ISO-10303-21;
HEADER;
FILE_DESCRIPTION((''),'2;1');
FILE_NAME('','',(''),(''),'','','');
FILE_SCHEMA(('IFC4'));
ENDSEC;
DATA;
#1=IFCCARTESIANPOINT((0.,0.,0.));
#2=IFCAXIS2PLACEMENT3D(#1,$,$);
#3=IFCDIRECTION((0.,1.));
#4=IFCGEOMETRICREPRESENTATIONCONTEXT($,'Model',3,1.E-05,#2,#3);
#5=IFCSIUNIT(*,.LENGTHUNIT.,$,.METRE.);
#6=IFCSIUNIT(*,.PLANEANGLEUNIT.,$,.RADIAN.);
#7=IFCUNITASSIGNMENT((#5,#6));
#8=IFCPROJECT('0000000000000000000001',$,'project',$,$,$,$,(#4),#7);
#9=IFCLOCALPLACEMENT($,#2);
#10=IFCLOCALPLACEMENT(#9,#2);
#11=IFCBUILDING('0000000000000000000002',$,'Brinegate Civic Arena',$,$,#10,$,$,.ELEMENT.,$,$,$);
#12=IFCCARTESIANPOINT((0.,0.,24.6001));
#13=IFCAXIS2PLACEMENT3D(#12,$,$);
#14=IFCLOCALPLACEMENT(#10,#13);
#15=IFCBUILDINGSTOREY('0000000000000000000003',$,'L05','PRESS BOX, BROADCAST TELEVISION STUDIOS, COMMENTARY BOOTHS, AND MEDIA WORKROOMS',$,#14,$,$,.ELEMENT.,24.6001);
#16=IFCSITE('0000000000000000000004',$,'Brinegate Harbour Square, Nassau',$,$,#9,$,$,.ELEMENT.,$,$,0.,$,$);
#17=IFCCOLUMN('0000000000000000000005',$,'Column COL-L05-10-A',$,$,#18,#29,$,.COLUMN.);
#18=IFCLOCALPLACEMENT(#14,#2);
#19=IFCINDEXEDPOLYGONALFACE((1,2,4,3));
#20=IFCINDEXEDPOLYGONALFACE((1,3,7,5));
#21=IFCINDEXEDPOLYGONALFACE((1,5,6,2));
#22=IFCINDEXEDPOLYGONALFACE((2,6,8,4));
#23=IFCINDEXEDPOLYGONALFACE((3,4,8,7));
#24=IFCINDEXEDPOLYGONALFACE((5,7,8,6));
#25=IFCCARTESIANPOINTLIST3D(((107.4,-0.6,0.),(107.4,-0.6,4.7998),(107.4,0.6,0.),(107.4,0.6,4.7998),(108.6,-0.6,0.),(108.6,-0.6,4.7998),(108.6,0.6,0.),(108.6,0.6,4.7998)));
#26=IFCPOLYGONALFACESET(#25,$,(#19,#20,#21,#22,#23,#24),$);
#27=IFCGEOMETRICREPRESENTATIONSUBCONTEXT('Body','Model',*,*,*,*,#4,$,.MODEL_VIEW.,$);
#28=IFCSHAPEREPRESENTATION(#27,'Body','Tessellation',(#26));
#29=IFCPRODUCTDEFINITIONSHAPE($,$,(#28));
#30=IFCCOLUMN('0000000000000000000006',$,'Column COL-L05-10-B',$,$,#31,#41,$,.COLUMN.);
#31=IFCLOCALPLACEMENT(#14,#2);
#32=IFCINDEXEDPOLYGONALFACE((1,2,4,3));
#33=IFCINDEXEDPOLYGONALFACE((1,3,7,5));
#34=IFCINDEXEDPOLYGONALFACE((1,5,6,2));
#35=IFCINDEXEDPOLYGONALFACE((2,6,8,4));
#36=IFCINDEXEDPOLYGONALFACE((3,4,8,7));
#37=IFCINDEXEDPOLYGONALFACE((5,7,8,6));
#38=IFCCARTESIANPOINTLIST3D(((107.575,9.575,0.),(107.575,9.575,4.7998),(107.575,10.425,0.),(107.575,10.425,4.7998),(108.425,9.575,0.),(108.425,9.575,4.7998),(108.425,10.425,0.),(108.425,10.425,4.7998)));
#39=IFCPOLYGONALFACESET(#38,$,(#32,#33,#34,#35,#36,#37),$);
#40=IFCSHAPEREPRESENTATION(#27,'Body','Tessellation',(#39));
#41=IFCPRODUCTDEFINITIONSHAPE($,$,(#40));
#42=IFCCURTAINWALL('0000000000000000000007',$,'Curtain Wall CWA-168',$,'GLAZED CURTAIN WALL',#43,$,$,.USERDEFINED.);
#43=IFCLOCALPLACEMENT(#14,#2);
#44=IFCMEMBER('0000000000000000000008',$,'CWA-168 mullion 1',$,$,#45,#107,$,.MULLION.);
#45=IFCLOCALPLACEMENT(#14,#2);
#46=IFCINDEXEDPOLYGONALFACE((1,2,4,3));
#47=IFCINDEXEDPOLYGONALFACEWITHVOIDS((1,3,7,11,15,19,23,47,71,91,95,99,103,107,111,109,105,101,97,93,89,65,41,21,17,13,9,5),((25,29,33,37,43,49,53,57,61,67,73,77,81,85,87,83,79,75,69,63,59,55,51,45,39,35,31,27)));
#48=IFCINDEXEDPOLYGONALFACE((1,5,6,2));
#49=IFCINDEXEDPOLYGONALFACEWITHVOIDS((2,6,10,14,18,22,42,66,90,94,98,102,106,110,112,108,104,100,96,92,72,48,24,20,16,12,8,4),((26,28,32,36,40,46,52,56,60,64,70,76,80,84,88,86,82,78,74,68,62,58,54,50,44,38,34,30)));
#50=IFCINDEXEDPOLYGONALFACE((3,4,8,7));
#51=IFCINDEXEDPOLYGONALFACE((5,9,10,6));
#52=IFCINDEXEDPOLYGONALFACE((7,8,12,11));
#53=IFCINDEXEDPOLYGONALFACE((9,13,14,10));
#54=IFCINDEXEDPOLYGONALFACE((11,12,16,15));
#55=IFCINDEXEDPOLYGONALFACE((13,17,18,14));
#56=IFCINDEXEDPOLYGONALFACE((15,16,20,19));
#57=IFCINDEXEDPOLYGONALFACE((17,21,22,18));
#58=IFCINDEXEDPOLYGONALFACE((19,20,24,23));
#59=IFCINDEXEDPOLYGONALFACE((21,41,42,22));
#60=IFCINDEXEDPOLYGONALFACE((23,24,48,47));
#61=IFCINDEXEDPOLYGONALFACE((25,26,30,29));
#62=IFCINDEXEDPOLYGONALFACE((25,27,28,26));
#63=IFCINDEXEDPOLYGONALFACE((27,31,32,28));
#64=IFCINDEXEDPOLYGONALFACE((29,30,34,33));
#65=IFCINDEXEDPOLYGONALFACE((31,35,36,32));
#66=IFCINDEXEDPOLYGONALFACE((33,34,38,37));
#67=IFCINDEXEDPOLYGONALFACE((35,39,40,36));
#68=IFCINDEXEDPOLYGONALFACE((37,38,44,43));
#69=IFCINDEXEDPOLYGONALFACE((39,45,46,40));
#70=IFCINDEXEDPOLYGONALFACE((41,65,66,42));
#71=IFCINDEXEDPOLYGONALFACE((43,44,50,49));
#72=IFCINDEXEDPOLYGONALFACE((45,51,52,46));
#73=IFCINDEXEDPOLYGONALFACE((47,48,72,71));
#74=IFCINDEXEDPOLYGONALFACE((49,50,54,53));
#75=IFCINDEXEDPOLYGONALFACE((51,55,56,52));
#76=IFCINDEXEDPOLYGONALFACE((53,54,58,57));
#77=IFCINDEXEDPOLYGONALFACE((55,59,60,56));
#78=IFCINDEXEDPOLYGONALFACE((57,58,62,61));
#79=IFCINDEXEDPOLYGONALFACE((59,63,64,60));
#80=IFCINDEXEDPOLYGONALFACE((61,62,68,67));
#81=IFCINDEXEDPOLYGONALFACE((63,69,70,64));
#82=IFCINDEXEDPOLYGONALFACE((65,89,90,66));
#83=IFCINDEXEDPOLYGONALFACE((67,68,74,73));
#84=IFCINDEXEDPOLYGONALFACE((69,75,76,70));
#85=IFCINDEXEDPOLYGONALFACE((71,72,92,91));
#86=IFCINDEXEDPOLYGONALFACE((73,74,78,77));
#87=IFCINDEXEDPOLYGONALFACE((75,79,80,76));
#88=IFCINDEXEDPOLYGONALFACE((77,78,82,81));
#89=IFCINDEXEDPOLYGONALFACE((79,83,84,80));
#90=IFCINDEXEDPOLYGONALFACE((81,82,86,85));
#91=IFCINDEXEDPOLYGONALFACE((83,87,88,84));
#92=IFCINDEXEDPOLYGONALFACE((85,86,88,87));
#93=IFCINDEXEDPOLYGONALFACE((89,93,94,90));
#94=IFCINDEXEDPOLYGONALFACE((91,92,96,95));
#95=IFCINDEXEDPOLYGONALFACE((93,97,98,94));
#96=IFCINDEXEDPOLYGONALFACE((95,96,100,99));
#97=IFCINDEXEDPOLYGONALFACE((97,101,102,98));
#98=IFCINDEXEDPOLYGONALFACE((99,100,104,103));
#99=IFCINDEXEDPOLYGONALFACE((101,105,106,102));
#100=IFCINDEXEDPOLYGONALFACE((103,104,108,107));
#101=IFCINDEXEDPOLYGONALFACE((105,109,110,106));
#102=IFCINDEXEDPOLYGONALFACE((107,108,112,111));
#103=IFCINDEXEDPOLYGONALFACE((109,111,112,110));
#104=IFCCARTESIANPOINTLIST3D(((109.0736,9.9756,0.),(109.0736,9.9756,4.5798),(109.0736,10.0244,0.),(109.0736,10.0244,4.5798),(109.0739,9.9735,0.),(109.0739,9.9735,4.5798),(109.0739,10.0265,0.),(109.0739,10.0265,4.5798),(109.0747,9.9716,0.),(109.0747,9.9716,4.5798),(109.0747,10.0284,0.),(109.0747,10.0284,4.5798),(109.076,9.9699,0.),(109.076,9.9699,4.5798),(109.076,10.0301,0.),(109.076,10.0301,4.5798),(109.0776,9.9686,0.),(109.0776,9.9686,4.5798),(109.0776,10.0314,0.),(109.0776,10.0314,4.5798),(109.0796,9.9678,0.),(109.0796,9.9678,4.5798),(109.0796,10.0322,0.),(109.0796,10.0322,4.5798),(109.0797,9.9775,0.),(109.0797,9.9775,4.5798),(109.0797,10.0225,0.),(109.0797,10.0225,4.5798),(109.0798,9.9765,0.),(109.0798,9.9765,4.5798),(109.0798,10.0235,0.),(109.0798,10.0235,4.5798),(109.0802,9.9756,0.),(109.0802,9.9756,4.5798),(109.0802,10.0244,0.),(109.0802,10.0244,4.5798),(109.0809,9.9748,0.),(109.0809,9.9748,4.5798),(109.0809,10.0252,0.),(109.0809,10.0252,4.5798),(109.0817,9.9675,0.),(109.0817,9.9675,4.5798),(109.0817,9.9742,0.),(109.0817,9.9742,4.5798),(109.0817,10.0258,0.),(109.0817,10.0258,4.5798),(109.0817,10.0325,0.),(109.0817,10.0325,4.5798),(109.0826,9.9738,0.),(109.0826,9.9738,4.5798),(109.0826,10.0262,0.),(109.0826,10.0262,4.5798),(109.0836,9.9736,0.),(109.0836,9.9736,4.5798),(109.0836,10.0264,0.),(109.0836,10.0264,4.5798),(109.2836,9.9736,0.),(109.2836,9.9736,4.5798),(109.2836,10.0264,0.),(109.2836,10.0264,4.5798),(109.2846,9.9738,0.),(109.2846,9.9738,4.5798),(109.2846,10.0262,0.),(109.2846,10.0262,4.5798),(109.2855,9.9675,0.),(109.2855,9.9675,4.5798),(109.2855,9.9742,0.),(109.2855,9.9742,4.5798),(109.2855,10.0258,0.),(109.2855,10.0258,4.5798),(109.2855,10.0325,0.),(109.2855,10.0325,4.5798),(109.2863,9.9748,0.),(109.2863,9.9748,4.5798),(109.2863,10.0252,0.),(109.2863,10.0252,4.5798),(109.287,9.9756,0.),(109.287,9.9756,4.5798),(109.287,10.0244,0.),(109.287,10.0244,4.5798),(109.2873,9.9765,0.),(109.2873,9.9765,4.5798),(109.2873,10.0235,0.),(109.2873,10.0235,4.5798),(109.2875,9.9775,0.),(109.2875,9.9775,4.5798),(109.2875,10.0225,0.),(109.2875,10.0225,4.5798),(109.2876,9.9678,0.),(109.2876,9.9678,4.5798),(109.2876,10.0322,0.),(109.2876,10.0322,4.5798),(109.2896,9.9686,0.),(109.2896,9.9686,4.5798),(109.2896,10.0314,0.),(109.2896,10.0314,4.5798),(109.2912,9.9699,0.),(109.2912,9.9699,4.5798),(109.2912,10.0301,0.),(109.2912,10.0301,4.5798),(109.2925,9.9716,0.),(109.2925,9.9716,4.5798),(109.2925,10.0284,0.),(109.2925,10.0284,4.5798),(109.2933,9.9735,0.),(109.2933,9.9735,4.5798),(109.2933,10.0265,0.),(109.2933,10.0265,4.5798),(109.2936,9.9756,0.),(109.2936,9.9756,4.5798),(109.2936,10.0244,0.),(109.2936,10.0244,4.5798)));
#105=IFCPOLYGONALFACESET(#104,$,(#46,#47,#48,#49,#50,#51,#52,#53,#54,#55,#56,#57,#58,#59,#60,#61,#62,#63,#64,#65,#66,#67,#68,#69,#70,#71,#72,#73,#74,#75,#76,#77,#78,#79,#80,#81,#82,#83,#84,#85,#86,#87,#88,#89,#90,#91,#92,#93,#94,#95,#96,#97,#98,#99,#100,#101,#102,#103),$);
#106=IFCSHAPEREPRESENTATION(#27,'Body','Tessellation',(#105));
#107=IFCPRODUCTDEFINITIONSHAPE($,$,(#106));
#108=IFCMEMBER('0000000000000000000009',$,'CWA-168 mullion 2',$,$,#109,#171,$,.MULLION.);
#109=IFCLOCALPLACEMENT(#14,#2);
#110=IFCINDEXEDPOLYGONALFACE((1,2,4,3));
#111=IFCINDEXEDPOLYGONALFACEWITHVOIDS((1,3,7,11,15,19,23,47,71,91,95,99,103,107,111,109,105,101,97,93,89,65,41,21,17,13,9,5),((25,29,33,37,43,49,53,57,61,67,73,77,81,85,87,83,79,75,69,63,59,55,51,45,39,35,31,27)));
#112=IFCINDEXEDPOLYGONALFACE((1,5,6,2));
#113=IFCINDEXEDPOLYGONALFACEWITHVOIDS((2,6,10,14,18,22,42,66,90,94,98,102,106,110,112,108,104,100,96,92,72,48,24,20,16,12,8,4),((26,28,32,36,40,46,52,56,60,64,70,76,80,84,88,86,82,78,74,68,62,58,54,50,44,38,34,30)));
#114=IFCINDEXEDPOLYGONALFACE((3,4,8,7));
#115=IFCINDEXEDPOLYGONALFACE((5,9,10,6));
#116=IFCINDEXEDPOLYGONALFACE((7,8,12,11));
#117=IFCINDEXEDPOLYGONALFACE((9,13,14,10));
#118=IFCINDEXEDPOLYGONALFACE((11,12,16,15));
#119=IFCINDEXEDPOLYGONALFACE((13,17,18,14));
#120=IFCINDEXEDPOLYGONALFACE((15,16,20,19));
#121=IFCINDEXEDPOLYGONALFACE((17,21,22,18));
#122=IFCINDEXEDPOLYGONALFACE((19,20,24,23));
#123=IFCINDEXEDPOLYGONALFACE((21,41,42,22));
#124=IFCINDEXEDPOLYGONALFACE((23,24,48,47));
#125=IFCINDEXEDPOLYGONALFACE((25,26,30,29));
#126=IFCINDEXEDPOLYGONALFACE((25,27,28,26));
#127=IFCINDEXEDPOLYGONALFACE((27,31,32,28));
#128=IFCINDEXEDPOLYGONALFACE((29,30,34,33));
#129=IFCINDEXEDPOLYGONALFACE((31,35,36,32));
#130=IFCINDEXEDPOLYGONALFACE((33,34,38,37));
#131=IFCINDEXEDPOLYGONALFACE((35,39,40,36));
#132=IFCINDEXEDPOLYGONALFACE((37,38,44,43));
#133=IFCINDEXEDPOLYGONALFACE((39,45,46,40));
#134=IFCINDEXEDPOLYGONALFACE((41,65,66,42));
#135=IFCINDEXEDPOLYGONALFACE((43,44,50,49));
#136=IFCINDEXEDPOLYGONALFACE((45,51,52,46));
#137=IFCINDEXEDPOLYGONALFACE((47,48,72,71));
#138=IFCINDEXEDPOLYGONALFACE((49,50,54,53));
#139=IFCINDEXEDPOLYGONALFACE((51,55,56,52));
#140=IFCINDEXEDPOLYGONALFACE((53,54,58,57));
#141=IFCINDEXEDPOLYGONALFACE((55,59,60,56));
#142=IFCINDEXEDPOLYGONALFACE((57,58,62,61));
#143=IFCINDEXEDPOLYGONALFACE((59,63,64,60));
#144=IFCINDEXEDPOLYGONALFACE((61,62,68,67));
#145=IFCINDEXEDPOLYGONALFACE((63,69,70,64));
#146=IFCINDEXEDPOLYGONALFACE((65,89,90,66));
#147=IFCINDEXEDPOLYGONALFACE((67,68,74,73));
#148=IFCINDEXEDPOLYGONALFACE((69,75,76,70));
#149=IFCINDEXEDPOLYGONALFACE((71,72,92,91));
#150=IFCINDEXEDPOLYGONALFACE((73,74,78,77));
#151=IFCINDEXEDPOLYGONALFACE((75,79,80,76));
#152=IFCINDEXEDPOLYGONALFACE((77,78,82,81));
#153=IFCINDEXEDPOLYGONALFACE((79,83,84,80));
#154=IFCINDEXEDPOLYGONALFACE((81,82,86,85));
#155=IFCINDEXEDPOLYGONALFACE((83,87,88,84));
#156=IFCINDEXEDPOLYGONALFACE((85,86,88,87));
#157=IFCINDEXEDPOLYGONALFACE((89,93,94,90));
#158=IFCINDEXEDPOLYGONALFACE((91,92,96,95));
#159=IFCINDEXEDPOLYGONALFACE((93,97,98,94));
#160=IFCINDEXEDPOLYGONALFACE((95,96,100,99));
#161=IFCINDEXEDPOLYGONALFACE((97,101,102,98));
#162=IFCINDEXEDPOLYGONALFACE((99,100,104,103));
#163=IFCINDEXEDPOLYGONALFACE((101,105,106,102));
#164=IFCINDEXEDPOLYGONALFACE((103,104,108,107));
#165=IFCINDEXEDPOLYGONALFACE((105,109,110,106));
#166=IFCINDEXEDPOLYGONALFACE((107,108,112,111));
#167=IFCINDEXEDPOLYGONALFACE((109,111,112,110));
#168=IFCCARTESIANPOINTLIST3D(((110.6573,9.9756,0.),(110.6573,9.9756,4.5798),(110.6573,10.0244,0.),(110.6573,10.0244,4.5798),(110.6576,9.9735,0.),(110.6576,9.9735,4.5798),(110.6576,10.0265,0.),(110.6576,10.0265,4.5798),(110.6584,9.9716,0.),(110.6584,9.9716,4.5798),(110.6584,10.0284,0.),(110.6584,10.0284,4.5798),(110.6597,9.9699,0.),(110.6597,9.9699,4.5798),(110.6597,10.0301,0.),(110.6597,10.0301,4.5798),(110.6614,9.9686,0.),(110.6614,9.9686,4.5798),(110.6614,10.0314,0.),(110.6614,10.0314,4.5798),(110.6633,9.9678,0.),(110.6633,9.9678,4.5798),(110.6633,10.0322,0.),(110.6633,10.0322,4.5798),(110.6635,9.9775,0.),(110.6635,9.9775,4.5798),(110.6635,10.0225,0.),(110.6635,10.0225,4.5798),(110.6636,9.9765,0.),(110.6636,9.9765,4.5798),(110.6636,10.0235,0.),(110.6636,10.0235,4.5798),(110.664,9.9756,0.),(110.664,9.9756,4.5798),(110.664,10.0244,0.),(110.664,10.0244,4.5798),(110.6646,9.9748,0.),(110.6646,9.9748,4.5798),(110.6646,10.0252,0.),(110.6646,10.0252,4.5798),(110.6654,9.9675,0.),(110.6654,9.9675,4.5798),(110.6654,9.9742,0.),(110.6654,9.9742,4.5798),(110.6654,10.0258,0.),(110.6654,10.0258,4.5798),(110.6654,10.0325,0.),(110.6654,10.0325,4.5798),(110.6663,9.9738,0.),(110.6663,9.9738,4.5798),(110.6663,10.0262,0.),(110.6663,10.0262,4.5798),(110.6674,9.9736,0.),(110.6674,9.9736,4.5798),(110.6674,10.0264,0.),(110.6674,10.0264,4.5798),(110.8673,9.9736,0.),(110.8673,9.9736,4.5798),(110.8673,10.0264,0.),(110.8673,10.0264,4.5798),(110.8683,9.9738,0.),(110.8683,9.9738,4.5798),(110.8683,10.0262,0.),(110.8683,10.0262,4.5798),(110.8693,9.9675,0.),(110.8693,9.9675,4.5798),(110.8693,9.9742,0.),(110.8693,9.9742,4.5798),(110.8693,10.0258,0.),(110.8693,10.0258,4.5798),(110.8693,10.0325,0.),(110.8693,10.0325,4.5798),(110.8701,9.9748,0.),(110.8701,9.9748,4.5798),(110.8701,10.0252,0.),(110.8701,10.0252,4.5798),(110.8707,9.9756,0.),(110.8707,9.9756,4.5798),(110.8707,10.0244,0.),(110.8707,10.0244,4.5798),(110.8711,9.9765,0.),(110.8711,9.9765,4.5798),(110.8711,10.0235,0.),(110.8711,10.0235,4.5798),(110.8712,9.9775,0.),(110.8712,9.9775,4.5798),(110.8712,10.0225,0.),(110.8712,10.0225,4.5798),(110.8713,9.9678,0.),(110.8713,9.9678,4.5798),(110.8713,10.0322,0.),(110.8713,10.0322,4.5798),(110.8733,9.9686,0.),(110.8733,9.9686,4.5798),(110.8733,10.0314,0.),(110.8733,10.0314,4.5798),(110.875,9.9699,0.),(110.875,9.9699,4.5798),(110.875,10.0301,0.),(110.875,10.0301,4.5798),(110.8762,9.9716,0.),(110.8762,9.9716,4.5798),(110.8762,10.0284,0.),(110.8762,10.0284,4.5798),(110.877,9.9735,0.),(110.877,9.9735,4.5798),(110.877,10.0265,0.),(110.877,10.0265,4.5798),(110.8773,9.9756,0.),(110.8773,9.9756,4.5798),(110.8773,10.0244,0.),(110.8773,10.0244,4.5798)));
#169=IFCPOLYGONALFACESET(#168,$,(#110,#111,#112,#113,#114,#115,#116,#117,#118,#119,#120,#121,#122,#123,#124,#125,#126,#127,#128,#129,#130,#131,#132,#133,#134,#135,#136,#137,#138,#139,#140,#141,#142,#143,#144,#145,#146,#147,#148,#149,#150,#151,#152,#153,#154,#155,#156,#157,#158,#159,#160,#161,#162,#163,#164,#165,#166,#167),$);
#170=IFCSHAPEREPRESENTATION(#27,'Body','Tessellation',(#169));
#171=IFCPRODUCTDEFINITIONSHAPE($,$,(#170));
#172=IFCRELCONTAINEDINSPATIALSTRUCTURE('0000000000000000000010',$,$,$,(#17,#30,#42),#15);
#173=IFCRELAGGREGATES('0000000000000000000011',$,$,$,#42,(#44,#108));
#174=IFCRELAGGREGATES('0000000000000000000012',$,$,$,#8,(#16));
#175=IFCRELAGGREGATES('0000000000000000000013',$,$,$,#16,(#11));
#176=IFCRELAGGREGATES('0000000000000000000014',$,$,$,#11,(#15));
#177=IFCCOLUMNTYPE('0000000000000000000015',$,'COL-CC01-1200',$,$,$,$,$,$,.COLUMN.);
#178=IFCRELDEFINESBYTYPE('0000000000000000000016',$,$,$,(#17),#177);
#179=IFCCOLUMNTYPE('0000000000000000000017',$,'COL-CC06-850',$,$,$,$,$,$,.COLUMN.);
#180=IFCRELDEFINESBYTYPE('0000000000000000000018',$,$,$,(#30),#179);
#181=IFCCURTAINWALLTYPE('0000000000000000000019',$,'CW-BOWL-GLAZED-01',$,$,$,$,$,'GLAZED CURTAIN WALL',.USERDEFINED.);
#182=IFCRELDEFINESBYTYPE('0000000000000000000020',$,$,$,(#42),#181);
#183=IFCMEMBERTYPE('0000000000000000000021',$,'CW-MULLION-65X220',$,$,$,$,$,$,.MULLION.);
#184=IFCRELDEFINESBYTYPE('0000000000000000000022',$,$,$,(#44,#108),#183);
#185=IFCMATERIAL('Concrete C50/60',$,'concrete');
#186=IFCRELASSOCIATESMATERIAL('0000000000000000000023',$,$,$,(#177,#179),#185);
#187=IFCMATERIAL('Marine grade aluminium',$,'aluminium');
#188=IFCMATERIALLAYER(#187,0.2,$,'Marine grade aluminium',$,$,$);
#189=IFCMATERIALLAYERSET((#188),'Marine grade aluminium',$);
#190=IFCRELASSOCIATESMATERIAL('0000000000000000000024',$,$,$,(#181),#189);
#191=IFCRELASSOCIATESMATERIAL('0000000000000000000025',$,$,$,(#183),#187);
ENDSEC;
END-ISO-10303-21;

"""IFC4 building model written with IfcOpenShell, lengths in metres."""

from ifc_helpers import new_model, si_unit, direction, frame, origin, origin_2d, place, context, subcontext, project, spatial, rectangle, hollow_rectangle, extrude, material, layer, layer_set, material_profile, profile_set, type_object, element, aggregate, save


model = new_model("IFC4")

# Units and contexts
model_context = context("Model", 3, precision=1e-05, world=origin(), true_north=direction((0.0, 1.0)))
body_context = subcontext(model_context, "Body", "Model", "MODEL_VIEW")
ifc_project = project(units=[si_unit("LENGTHUNIT", "METRE"), si_unit("PLANEANGLEUNIT", "RADIAN")], contexts=[model_context])

# Site, building, storey
site_placement = place(None, origin())
site = spatial("IfcSite", under=ifc_project, at=site_placement, Name="Brinegate Harbour Square, Nassau", CompositionType="ELEMENT", RefElevation=0.0)
building_placement = place(site_placement, origin())
building = spatial("IfcBuilding", under=site, at=building_placement, Name="Brinegate Civic Arena", CompositionType="ELEMENT")
storey_placement = place(building_placement, frame((0.0, 0.0, 24.6001)))
storey = spatial("IfcBuildingStorey", under=building, at=storey_placement, Name="L05", Description="PRESS BOX, BROADCAST TELEVISION STUDIOS, COMMENTARY BOOTHS, AND MEDIA WORKROOMS", CompositionType="ELEMENT", Elevation=24.6001)

# Columns
ifc_material_1 = material(Name="Concrete C50/60", Category="concrete")
ifc_material_profile_1 = material_profile(ifc_material_1, rectangle(XDim=1.2, YDim=1.2, at=origin_2d()), Name="RC1200X1200")
ifc_profile_set_1 = profile_set([ifc_material_profile_1], Name="Concrete C50/60")
column_type_1 = type_object("IfcColumnType", Name="COL-CC01-1200", PredefinedType="COLUMN", material=ifc_profile_set_1)
column_1_placement = place(storey_placement, frame((108.0, 0.0, 0.0), z_axis=(0.0, 0.0, 1.0), x_axis=(1.0, 0.0, 0.0)))
element("IfcColumn", 1, at=column_1_placement, inside=storey, type_object=column_type_1, Name="Column COL-L05-10-A", PredefinedType="COLUMN", context=body_context, shape_type="SweptSolid", body=[
    extrude(rectangle(XDim=1.2, YDim=1.2, at=origin_2d()), origin(), (0.0, 0.0, 1.0), 4.7998),
])
ifc_material_profile_2 = material_profile(ifc_material_1, rectangle(XDim=0.8501, YDim=0.8501, at=origin_2d()), Name="RC850X850")
ifc_profile_set_2 = profile_set([ifc_material_profile_2], Name="Concrete C50/60")
column_type_2 = type_object("IfcColumnType", Name="COL-CC06-850", PredefinedType="COLUMN", material=ifc_profile_set_2)
column_2_placement = place(storey_placement, frame((108.0, 10.0, 0.0), z_axis=(0.0, 0.0, 1.0), x_axis=(1.0, 0.0, 0.0)))
element("IfcColumn", 2, at=column_2_placement, inside=storey, type_object=column_type_2, Name="Column COL-L05-10-B", PredefinedType="COLUMN", context=body_context, shape_type="SweptSolid", body=[
    extrude(rectangle(XDim=0.8501, YDim=0.8501, at=origin_2d()), origin(), (0.0, 0.0, 1.0), 4.7998),
])

# Curtain wall, members
ifc_material_2 = material(Name="Marine grade aluminium", Category="aluminium")
ifc_layer_1 = layer(ifc_material_2, 0.2, Name="Marine grade aluminium")
ifc_layer_set_1 = layer_set([ifc_layer_1], Name="Marine grade aluminium")
curtain_wall_type = type_object("IfcCurtainWallType", Name="CW-BOWL-GLAZED-01", ElementType="GLAZED CURTAIN WALL", PredefinedType="USERDEFINED", material=ifc_layer_set_1)
curtain_wall_placement = place(storey_placement, origin())
curtain_wall = element("IfcCurtainWall", 3, at=curtain_wall_placement, inside=storey, type_object=curtain_wall_type, Name="Curtain Wall CWA-168", ObjectType="GLAZED CURTAIN WALL", PredefinedType="USERDEFINED")
ifc_material_profile_3 = material_profile(ifc_material_2, hollow_rectangle(XDim=0.0649, YDim=0.22, WallThickness=0.0061, InnerFilletRadius=0.0039, OuterFilletRadius=0.0081, at=origin_2d()), Name="MUL65X220")
ifc_profile_set_3 = profile_set([ifc_material_profile_3], Name="Marine grade aluminium")
member_type_1 = type_object("IfcMemberType", Name="CW-MULLION-65X220", PredefinedType="MULLION", material=ifc_profile_set_3)
member_1_placement = place(storey_placement, frame((109.1836, 10.0, 0.0), z_axis=(0.0, 0.0, 1.0), x_axis=(0.0, 1.0, 0.0)))
member_1 = element("IfcMember", 4, at=member_1_placement, type_object=member_type_1, Name="CWA-168 mullion 1", PredefinedType="MULLION", context=body_context, shape_type="SweptSolid", body=[
    extrude(hollow_rectangle(XDim=0.0649, YDim=0.22, WallThickness=0.0061, InnerFilletRadius=0.0039, OuterFilletRadius=0.0081, at=origin_2d()), origin(), (0.0, 0.0, 1.0), 4.5798),
])
member_2_placement = place(storey_placement, frame((110.7673, 10.0, 0.0), z_axis=(0.0, 0.0, 1.0), x_axis=(0.0, 1.0, 0.0)))
member_2 = element("IfcMember", 5, at=member_2_placement, type_object=member_type_1, Name="CWA-168 mullion 2", PredefinedType="MULLION", context=body_context, shape_type="SweptSolid", body=[
    extrude(hollow_rectangle(XDim=0.0649, YDim=0.22, WallThickness=0.0061, InnerFilletRadius=0.0039, OuterFilletRadius=0.0081, at=origin_2d()), origin(), (0.0, 0.0, 1.0), 4.5798),
])

aggregate(curtain_wall, [member_1, member_2])

save(model, "model.ifc")
